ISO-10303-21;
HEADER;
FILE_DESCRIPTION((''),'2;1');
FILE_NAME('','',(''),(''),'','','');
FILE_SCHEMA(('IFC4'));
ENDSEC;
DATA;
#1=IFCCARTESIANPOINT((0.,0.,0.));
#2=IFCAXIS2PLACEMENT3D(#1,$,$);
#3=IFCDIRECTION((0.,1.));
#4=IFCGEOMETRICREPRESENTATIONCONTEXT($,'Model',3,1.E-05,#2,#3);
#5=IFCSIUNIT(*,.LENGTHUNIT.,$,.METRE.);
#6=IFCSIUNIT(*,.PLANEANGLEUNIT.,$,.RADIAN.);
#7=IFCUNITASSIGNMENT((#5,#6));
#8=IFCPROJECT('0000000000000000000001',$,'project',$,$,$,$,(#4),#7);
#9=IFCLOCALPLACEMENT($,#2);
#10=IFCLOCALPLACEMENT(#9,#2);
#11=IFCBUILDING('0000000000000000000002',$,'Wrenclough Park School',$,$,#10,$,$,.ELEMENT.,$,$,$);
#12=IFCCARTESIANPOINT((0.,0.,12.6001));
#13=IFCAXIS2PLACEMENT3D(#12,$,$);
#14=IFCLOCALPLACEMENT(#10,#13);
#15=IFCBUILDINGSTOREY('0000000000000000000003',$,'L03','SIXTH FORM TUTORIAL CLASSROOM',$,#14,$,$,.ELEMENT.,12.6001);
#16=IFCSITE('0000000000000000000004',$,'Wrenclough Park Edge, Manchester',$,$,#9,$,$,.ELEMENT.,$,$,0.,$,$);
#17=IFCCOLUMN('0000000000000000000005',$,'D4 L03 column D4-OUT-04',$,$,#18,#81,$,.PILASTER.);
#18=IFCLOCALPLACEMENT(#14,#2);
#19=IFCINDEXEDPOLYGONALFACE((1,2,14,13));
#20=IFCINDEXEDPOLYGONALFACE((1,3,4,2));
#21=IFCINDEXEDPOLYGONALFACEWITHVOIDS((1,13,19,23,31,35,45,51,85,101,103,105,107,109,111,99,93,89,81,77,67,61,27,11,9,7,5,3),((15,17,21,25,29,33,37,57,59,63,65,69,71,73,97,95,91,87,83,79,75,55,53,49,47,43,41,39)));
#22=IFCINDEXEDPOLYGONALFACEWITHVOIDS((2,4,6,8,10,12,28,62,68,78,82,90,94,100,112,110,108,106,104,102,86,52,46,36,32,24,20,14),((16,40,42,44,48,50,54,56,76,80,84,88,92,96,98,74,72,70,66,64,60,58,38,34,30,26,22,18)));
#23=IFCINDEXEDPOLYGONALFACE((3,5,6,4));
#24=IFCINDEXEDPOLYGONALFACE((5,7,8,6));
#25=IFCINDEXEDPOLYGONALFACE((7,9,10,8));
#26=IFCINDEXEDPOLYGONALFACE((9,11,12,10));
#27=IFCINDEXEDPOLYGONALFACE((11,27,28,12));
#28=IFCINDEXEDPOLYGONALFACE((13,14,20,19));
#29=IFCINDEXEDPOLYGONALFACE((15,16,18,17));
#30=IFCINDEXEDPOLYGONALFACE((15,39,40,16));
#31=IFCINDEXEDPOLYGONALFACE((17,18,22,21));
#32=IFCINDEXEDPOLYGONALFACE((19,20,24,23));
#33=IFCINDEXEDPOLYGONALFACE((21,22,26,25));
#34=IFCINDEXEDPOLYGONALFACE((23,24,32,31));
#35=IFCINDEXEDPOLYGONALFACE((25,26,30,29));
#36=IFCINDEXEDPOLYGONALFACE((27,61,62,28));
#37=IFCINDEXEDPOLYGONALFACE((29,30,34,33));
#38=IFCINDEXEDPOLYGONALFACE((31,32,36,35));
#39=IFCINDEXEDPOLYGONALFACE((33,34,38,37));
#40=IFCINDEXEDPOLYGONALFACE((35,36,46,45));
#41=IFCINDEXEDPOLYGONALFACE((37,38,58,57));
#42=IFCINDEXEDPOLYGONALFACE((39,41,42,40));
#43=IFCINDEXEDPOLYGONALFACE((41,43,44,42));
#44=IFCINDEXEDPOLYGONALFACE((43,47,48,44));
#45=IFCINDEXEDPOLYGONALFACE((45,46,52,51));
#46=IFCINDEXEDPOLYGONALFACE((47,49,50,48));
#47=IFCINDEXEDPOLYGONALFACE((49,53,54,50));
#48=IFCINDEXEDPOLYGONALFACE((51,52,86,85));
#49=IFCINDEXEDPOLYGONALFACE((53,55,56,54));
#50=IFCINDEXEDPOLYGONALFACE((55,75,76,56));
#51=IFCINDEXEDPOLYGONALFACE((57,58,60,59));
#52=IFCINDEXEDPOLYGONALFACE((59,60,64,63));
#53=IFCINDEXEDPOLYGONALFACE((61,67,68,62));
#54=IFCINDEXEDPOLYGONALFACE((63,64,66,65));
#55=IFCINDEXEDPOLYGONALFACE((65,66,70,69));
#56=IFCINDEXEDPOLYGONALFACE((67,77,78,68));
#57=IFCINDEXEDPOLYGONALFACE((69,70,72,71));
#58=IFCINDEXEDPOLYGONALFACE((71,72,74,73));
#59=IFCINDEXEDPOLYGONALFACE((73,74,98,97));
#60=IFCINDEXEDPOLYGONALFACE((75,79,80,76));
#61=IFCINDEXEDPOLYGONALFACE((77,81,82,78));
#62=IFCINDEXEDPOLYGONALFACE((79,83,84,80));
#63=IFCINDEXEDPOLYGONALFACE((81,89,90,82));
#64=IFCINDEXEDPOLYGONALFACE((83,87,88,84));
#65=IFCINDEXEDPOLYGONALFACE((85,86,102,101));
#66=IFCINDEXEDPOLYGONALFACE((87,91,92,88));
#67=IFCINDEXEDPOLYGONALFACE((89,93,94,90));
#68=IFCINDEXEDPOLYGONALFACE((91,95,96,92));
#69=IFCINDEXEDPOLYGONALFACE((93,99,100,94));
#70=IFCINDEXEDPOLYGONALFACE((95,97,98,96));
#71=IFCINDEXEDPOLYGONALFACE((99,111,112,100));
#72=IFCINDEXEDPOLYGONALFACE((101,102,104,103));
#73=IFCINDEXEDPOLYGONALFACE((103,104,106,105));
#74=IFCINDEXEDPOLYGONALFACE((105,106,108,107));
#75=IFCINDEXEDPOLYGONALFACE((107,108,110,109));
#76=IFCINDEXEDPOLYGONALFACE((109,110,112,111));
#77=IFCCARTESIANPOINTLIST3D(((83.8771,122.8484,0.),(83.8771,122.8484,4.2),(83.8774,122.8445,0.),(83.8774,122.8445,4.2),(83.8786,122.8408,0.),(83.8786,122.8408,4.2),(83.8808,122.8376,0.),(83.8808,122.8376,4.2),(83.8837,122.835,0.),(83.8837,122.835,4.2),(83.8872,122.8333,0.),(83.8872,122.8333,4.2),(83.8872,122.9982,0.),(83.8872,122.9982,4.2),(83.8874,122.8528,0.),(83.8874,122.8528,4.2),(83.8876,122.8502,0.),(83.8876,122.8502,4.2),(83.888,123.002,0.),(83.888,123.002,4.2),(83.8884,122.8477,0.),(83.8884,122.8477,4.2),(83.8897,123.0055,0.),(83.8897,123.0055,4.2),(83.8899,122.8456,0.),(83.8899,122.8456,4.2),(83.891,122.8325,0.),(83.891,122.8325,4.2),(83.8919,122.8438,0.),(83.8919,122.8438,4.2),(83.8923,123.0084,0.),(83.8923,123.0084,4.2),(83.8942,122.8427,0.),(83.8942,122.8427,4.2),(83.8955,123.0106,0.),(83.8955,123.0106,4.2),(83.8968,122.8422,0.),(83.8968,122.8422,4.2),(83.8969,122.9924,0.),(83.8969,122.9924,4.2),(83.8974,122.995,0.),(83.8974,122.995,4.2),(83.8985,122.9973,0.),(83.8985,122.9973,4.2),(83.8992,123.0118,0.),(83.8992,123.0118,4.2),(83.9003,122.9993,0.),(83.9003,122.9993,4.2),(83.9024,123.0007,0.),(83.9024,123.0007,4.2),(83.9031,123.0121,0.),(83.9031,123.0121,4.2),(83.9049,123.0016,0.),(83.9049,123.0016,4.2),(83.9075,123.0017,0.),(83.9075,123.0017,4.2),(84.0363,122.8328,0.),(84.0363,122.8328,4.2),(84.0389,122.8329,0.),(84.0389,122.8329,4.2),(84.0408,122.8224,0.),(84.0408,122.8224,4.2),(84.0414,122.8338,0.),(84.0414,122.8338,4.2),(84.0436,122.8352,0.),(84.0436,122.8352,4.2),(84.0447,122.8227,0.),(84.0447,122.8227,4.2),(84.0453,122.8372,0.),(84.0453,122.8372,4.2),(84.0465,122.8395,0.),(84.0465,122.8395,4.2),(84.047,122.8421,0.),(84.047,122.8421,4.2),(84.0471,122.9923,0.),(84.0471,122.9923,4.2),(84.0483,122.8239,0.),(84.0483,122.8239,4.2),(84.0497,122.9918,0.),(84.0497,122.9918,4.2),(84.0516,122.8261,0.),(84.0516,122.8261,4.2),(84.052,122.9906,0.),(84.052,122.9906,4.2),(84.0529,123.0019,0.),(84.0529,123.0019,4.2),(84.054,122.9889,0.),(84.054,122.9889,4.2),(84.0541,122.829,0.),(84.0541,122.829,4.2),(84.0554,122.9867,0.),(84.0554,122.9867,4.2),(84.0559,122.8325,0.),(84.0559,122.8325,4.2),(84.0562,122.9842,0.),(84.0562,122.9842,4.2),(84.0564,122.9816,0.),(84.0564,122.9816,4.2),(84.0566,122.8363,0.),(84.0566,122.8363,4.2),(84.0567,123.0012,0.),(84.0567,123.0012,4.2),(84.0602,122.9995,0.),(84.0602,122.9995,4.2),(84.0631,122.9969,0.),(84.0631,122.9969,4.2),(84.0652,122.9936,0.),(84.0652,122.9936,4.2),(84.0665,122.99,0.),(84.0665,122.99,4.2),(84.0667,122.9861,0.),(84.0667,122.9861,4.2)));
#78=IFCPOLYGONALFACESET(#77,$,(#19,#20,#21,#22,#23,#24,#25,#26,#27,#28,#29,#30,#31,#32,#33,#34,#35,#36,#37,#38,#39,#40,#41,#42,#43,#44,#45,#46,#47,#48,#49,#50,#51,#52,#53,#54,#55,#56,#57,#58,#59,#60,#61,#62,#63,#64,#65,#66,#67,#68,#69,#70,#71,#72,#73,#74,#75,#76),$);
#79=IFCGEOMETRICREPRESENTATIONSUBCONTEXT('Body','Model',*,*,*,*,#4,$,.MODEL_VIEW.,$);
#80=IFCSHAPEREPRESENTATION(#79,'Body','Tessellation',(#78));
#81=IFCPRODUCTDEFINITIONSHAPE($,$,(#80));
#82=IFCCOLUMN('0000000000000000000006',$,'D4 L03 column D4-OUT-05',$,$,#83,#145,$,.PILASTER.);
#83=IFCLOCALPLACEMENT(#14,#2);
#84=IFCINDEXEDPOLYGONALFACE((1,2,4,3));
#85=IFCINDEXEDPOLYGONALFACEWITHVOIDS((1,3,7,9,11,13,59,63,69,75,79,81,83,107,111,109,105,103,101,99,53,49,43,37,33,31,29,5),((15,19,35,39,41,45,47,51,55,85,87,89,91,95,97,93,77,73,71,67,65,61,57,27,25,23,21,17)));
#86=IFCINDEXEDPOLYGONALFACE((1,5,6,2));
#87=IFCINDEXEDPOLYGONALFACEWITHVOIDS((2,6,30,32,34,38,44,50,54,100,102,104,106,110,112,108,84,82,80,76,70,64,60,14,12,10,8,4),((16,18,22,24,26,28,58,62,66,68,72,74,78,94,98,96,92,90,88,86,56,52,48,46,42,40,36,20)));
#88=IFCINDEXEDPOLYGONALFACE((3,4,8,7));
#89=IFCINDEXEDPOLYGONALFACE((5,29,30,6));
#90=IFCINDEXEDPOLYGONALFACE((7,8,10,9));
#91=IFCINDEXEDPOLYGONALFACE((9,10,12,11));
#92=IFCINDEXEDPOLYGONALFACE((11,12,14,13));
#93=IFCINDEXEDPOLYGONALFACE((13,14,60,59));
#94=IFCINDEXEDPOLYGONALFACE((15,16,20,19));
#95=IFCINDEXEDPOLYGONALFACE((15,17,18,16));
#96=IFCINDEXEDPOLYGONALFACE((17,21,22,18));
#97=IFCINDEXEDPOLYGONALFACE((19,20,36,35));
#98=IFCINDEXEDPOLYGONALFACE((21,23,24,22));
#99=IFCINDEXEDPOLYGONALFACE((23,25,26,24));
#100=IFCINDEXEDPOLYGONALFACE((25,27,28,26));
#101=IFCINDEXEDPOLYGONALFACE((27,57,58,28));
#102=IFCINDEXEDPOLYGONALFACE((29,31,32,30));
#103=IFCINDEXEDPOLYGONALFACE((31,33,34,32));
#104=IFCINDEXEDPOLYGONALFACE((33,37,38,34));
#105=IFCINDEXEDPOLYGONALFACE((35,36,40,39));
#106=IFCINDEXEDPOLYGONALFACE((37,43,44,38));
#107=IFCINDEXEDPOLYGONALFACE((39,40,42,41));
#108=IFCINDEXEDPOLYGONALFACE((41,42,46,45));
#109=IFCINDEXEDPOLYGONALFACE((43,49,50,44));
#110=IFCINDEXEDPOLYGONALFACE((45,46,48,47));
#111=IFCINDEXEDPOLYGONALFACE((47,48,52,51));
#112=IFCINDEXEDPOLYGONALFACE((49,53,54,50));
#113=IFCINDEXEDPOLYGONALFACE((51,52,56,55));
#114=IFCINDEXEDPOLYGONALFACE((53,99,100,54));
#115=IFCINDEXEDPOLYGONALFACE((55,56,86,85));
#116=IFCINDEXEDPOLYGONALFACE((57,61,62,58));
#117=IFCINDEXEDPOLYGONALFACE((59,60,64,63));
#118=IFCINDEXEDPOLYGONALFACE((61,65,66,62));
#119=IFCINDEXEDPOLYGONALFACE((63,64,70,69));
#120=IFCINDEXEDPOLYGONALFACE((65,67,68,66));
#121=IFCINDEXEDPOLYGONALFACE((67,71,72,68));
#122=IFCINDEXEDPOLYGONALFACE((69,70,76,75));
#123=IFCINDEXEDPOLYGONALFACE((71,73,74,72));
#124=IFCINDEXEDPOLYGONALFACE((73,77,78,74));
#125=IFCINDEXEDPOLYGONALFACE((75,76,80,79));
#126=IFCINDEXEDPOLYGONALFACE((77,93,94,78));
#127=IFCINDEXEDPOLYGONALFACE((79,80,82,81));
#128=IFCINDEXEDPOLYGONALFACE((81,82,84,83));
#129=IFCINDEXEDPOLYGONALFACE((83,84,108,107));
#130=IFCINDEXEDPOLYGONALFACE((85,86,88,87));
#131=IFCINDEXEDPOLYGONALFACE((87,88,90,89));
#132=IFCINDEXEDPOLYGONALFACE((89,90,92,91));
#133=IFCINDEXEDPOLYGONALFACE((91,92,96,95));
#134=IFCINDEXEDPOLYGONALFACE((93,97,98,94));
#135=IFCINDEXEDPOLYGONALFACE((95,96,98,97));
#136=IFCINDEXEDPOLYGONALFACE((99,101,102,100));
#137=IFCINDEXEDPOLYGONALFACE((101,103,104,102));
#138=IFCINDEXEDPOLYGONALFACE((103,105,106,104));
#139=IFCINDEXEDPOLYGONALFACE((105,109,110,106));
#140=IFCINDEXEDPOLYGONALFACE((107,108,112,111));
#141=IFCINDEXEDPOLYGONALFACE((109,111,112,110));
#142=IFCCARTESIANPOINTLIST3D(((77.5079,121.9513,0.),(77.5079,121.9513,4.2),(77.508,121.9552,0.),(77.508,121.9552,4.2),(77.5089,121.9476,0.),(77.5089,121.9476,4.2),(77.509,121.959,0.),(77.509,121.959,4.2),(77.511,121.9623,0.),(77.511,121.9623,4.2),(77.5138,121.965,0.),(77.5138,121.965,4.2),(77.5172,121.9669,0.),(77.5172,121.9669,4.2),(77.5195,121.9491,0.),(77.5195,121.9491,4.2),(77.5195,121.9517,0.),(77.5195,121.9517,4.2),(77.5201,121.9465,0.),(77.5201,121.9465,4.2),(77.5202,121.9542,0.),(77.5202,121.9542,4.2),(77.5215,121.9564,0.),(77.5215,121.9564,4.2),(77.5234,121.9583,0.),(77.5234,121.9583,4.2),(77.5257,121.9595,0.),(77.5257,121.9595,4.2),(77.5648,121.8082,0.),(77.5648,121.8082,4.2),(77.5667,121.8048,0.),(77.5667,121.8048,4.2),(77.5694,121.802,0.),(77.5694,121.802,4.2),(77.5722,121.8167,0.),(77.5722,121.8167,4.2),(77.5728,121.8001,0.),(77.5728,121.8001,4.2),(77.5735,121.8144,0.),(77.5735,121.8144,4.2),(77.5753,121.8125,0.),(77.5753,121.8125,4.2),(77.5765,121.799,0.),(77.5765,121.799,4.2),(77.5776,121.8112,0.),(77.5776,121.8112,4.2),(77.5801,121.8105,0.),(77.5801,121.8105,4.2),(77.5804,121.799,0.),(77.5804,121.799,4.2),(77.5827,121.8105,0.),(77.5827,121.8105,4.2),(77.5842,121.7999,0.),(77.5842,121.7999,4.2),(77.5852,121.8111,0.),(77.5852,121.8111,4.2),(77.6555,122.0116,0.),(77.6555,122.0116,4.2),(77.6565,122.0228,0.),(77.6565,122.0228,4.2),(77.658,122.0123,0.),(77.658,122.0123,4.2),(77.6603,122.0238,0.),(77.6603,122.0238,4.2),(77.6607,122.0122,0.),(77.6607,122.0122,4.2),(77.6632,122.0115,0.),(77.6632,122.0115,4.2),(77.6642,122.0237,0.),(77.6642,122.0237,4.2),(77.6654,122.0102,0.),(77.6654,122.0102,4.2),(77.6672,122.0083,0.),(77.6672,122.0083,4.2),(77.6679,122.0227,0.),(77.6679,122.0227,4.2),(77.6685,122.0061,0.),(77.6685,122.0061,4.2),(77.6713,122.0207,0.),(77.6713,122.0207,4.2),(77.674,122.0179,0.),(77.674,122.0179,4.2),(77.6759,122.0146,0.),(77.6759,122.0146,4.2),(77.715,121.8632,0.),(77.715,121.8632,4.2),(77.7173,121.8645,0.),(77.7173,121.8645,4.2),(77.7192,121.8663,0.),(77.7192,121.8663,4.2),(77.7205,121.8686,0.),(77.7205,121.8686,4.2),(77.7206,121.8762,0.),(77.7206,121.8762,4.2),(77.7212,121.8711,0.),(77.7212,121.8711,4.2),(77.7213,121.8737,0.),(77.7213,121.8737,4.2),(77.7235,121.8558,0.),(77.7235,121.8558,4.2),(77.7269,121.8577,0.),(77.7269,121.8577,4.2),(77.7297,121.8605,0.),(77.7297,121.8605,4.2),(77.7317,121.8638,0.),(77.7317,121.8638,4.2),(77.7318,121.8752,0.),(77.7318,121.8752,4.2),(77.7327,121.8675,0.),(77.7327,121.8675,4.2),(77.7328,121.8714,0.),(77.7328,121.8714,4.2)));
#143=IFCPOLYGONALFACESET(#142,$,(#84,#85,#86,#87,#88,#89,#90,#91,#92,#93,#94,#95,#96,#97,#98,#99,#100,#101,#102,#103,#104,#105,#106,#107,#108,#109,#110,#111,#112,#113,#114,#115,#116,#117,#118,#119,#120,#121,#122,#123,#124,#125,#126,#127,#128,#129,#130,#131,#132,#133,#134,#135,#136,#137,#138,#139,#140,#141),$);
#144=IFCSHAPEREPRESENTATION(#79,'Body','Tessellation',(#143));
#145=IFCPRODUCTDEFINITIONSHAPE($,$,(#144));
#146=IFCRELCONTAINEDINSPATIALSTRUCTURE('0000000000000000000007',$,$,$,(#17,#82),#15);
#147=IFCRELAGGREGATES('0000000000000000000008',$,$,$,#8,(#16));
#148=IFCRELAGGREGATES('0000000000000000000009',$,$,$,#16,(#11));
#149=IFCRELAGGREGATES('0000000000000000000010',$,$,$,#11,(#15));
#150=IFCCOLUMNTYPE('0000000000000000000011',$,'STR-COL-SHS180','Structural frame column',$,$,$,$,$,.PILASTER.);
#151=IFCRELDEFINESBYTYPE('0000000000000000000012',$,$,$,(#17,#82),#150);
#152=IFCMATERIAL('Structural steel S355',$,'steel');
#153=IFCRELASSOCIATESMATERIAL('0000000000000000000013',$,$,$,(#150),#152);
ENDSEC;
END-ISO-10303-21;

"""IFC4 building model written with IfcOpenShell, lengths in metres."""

from ifc_helpers import new_model, si_unit, direction, frame, origin, origin_2d, place, context, subcontext, project, spatial, hollow_rectangle, extrude, material, material_profile, profile_set, type_object, element, save


model = new_model("IFC4")

# Units and contexts
model_context = context("Model", 3, precision=1e-05, world=origin(), true_north=direction((0.0, 1.0)))
body_context = subcontext(model_context, "Body", "Model", "MODEL_VIEW")
ifc_project = project(units=[si_unit("LENGTHUNIT", "METRE"), si_unit("PLANEANGLEUNIT", "RADIAN")], contexts=[model_context])

# Site, building, storey
site_placement = place(None, origin())
site = spatial("IfcSite", under=ifc_project, at=site_placement, Name="Wrenclough Park Edge, Manchester", CompositionType="ELEMENT", RefElevation=0.0)
building_placement = place(site_placement, origin())
building = spatial("IfcBuilding", under=site, at=building_placement, Name="Wrenclough Park School", CompositionType="ELEMENT")
storey_placement = place(building_placement, frame((0.0, 0.0, 12.6001)))
storey = spatial("IfcBuildingStorey", under=building, at=storey_placement, Name="L03", Description="SIXTH FORM TUTORIAL CLASSROOM", CompositionType="ELEMENT", Elevation=12.6001)

# Columns
ifc_material_1 = material(Name="Structural steel S355", Category="steel")
ifc_material_profile_1 = material_profile(ifc_material_1, hollow_rectangle(XDim=0.1799, YDim=0.1799, WallThickness=0.01, InnerFilletRadius=0.01, OuterFilletRadius=0.0149, at=origin_2d()), Name="SHS 180x180x10.0")
ifc_profile_set_1 = profile_set([ifc_material_profile_1], Name="Structural steel S355")
column_type = type_object("IfcColumnType", Name="STR-COL-SHS180", Description="Structural frame column", PredefinedType="PILASTER", material=ifc_profile_set_1)
for number, where, z_axis, x_axis, name in (
    (1, (83.9719, 122.9172, 0.0), (0.0, 0.0, 1.0), (-0.997732, 0.067319, 0.0), "D4 L03 column D4-OUT-04"),
    (2, (77.6204, 121.9114, 0.0), (0.0, 0.0, 1.0), (-0.928096, -0.37234, 0.0), "D4 L03 column D4-OUT-05"),
):
    element("IfcColumn", number, at=place(storey_placement, frame(where, z_axis=z_axis, x_axis=x_axis)), inside=storey, type_object=column_type, Name=name, PredefinedType="PILASTER", context=body_context, shape_type="SweptSolid", body=[
        extrude(hollow_rectangle(XDim=0.1799, YDim=0.1799, WallThickness=0.01, InnerFilletRadius=0.01, OuterFilletRadius=0.0149, at=origin_2d()), origin(), (0.0, 0.0, 1.0), 4.2),
    ])

save(model, "model.ifc")
